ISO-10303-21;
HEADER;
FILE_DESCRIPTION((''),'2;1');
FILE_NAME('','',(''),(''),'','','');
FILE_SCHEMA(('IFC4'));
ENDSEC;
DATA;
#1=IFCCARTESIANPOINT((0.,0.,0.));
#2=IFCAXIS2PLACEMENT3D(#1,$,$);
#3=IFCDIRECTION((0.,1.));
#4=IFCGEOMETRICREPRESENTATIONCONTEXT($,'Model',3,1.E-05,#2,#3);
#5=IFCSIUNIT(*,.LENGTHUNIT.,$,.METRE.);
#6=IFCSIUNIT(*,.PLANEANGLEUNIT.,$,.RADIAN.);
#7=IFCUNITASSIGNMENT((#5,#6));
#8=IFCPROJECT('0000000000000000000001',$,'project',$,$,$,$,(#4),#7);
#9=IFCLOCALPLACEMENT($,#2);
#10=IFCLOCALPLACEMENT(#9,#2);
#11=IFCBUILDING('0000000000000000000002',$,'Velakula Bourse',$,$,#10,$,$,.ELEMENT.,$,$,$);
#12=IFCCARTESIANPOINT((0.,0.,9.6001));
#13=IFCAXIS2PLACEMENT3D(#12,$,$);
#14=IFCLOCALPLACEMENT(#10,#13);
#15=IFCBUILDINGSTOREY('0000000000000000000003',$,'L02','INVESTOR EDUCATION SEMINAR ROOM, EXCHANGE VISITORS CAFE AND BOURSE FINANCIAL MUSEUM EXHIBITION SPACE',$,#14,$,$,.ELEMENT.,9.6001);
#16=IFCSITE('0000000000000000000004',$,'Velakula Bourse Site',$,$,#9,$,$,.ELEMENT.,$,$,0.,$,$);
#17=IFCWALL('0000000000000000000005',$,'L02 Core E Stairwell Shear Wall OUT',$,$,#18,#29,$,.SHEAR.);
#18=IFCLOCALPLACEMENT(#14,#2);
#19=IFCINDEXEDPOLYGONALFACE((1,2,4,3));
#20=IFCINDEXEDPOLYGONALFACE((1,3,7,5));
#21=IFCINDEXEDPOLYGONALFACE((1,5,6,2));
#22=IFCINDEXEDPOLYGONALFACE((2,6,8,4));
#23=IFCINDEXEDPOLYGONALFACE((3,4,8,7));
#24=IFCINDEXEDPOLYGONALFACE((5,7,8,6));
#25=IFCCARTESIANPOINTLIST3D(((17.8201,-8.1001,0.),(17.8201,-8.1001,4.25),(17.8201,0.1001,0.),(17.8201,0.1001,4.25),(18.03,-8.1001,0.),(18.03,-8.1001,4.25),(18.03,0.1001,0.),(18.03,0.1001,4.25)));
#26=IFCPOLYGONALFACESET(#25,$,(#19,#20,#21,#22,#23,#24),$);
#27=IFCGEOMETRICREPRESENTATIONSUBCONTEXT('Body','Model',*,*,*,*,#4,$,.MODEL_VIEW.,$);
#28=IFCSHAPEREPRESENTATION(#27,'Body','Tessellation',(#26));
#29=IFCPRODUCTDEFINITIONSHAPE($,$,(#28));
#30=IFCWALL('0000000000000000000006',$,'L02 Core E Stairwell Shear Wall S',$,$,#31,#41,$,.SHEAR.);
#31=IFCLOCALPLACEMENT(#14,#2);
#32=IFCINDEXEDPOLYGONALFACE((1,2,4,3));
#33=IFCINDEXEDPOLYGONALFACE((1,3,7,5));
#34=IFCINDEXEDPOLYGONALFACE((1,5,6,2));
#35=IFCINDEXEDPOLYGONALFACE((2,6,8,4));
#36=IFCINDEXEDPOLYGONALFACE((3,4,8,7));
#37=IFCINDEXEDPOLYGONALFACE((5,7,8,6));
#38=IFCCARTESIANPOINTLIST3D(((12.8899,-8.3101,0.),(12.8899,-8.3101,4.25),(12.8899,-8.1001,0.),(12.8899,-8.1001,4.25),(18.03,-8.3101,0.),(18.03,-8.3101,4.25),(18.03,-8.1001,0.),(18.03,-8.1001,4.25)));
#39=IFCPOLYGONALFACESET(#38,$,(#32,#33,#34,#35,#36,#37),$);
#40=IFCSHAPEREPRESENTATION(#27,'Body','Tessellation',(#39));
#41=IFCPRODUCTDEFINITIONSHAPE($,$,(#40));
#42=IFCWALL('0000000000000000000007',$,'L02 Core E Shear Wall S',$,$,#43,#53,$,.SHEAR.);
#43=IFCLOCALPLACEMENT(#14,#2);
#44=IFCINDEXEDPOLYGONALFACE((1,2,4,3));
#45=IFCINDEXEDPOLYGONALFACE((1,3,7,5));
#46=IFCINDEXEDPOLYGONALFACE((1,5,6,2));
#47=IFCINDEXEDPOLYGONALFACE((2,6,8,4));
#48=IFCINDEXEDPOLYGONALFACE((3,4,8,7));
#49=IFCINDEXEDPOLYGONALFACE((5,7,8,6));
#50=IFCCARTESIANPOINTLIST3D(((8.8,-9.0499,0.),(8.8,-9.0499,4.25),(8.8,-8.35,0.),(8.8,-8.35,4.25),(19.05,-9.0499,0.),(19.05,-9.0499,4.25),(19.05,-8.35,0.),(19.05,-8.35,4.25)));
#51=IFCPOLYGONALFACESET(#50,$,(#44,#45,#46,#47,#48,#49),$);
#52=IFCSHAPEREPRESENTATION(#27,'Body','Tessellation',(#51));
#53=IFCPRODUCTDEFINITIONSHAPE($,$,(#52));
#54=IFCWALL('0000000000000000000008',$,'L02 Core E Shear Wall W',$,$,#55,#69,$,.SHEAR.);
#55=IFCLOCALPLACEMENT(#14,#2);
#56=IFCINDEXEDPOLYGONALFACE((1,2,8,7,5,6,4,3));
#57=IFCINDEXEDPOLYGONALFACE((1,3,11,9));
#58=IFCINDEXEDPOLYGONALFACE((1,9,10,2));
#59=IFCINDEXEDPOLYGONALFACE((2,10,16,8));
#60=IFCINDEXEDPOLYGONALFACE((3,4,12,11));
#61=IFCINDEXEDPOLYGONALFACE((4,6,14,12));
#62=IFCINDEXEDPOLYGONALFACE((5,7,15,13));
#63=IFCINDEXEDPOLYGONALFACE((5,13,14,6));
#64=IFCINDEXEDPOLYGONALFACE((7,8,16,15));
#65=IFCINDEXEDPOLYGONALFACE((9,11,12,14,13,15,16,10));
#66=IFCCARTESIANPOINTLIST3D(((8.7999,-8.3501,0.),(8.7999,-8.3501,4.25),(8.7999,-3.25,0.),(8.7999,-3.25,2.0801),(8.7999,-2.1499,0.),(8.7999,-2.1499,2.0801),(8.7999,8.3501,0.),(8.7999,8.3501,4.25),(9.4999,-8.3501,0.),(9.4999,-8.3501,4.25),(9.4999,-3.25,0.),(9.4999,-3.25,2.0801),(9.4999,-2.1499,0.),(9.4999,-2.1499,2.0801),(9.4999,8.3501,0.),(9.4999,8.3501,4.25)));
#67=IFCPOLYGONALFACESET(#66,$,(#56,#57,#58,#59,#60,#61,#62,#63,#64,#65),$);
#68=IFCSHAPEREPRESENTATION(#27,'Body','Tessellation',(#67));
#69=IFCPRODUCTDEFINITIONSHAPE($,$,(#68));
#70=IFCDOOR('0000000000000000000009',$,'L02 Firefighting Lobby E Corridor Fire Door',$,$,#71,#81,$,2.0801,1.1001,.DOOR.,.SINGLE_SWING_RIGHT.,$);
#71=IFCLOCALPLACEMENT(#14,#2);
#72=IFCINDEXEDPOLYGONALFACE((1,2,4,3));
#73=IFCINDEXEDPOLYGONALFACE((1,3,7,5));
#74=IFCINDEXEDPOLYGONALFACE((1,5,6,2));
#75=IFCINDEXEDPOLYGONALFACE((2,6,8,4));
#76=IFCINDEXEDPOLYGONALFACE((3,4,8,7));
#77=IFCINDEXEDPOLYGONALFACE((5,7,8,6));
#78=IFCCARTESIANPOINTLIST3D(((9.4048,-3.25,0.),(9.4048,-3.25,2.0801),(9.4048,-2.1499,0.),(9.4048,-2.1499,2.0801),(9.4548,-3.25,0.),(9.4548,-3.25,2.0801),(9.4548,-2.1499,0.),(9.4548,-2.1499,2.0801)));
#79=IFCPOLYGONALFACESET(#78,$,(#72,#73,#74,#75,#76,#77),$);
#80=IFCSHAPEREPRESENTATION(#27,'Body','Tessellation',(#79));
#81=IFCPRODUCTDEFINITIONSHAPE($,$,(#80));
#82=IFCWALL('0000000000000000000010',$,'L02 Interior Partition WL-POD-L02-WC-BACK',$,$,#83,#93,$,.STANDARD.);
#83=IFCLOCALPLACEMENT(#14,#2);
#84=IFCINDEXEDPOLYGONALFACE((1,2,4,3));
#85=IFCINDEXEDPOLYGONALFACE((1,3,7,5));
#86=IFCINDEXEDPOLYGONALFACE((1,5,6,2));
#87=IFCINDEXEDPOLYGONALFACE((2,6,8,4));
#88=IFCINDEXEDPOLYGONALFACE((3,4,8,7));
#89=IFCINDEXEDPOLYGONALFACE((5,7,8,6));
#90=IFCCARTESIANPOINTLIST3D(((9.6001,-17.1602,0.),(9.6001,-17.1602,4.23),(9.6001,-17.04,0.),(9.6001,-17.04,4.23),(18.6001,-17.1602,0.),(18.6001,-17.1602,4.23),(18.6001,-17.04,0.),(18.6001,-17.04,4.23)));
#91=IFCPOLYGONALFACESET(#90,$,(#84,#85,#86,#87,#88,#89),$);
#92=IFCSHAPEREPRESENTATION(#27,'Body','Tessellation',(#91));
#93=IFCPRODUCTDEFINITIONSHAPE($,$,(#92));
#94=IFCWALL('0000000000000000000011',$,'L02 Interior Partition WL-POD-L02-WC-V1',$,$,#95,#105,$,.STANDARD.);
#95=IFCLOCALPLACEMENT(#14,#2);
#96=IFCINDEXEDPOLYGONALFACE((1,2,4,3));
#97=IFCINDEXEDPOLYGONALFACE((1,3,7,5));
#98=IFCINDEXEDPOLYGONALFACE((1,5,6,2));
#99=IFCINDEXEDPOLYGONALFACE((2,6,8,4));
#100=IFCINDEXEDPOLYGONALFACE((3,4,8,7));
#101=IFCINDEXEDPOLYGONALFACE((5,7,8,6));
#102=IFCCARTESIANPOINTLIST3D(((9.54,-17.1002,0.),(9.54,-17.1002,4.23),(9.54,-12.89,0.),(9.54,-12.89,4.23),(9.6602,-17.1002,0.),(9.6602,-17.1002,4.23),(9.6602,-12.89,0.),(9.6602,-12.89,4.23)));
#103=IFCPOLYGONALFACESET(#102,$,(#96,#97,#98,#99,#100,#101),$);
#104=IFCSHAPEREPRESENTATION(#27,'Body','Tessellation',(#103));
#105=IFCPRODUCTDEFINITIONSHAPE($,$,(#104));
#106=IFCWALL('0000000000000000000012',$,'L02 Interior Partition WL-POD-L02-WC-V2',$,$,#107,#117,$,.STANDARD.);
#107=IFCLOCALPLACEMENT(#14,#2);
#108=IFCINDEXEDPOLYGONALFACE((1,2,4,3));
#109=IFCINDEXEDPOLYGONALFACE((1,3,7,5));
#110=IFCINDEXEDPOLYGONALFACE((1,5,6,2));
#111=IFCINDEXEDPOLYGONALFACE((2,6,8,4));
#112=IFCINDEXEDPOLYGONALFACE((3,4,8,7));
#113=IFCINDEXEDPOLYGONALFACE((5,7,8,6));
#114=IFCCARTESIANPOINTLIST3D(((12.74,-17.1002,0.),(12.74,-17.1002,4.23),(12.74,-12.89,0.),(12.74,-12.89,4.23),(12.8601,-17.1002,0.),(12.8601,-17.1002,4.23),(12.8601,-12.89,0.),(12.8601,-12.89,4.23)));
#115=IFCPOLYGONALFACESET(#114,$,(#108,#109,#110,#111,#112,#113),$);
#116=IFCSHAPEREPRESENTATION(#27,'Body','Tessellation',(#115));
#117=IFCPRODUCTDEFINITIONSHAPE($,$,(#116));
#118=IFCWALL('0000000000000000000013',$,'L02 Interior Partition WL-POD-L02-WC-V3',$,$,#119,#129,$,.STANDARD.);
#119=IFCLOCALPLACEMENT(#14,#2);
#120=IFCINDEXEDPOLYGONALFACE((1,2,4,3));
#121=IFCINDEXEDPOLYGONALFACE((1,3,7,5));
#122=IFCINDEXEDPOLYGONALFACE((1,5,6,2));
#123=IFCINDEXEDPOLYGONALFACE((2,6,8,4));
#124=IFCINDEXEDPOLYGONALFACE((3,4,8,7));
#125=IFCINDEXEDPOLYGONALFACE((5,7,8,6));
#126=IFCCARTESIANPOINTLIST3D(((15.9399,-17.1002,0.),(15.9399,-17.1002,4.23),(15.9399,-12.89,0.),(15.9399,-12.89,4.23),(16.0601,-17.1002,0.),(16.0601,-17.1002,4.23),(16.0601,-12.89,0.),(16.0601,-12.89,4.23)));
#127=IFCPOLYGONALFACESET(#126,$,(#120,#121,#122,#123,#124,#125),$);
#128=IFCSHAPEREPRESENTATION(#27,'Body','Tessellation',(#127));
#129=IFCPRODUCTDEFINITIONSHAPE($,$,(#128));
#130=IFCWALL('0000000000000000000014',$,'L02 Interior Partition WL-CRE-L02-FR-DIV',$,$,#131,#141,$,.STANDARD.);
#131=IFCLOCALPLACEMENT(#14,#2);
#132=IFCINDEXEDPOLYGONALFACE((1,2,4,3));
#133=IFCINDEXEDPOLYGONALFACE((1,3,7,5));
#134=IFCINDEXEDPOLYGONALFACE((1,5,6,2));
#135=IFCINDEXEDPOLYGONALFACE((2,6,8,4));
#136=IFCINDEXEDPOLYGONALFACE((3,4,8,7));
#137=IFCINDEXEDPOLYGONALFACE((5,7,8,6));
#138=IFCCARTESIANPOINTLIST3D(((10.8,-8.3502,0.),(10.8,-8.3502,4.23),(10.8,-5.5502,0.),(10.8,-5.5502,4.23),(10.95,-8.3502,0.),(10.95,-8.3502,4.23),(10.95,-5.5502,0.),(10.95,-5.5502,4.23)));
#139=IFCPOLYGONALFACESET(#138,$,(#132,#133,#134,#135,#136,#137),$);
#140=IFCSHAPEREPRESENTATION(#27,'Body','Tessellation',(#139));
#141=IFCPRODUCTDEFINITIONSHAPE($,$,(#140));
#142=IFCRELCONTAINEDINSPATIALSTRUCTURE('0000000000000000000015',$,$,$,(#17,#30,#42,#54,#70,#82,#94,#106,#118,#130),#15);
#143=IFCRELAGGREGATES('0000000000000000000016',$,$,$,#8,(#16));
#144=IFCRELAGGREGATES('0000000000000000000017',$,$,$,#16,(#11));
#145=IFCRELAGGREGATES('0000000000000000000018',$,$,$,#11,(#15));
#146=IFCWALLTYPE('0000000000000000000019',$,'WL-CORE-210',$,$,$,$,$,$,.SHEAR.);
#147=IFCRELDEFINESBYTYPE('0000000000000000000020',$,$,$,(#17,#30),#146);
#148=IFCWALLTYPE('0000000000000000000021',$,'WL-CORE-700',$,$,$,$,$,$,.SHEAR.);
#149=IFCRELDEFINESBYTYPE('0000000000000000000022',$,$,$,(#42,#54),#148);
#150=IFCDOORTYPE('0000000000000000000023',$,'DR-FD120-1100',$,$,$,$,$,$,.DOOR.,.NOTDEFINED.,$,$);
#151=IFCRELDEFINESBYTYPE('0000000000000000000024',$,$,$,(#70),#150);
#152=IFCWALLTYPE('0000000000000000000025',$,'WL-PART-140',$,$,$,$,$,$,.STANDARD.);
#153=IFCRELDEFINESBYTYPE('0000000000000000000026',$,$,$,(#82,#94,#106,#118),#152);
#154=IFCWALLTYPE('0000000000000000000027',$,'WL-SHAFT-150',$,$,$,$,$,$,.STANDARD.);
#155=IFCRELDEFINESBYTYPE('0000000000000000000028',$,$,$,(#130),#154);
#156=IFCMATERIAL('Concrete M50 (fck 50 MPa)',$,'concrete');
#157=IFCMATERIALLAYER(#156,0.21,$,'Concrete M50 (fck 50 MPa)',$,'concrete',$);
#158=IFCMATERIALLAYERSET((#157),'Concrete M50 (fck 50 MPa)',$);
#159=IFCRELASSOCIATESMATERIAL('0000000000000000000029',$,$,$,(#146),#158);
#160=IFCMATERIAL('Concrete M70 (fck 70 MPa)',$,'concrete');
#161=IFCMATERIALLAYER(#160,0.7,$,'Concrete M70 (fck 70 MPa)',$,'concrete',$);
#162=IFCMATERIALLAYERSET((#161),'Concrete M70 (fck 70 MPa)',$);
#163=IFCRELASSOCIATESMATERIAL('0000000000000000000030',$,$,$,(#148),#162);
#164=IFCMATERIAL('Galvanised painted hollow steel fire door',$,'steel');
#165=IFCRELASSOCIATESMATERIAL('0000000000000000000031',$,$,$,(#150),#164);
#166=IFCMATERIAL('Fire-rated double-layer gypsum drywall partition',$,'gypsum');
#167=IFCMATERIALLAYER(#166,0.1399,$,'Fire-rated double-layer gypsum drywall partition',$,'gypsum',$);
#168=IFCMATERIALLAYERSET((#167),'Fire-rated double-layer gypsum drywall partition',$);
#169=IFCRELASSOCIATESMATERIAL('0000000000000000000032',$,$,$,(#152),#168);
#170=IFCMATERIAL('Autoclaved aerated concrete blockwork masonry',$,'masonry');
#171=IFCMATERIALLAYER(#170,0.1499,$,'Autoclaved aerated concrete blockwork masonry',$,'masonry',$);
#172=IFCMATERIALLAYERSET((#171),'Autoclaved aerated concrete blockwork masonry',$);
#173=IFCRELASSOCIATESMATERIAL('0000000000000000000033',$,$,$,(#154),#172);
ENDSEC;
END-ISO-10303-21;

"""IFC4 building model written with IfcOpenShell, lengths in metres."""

from ifc_helpers import new_model, si_unit, direction, frame, frame_2d, origin, place, context, subcontext, project, spatial, rectangle, extrude, material, layer, layer_set, type_object, element, fill, save


model = new_model("IFC4")

# Units and contexts
model_context = context("Model", 3, precision=1e-05, world=origin(), true_north=direction((0.0, 1.0)))
body_context = subcontext(model_context, "Body", "Model", "MODEL_VIEW")
ifc_project = project(units=[si_unit("LENGTHUNIT", "METRE"), si_unit("PLANEANGLEUNIT", "RADIAN")], contexts=[model_context])

# Site, building, storey
site_placement = place(None, origin())
site = spatial("IfcSite", under=ifc_project, at=site_placement, Name="Velakula Bourse Site", CompositionType="ELEMENT", RefElevation=0.0)
building_placement = place(site_placement, origin())
building = spatial("IfcBuilding", under=site, at=building_placement, Name="Velakula Bourse", CompositionType="ELEMENT")
storey_placement = place(building_placement, frame((0.0, 0.0, 9.6001)))
storey = spatial("IfcBuildingStorey", under=building, at=storey_placement, Name="L02", Description="INVESTOR EDUCATION SEMINAR ROOM, EXCHANGE VISITORS CAFE AND BOURSE FINANCIAL MUSEUM EXHIBITION SPACE", CompositionType="ELEMENT", Elevation=9.6001)

# Shared definitions
ifc_material_1 = material(Name="Concrete M70 (fck 70 MPa)", Category="concrete")

# Shared definitions
ifc_material_2 = material(Name="Concrete M50 (fck 50 MPa)", Category="concrete")
ifc_layer_1 = layer(ifc_material_2, 0.21, Name="Concrete M50 (fck 50 MPa)", Category="concrete")
ifc_layer_set_1 = layer_set([ifc_layer_1], Name="Concrete M50 (fck 50 MPa)")
wall_type_1 = type_object("IfcWallType", Name="WL-CORE-210", PredefinedType="SHEAR", material=ifc_layer_set_1)
ifc_material_3 = material(Name="Galvanised painted hollow steel fire door", Category="steel")

# Walls
wall_1_placement = place(storey_placement, frame((17.925, -8.1001, 0.0), z_axis=(0.0, 0.0, 1.0), x_axis=(0.0, 1.0, 0.0)))
element("IfcWall", 1, at=wall_1_placement, inside=storey, type_object=wall_type_1, Name="L02 Core E Stairwell Shear Wall OUT", PredefinedType="SHEAR", context=body_context, shape_type="SweptSolid", body=[
    extrude(rectangle(XDim=8.2002, YDim=0.21, at=frame_2d((4.1001, 0.0))), origin(), (0.0, 0.0, 1.0), 4.25),
])
wall_2_placement = place(storey_placement, frame((12.8899, -8.2051, 0.0), z_axis=(0.0, 0.0, 1.0), x_axis=(1.0, 0.0, 0.0)))
element("IfcWall", 2, at=wall_2_placement, inside=storey, type_object=wall_type_1, Name="L02 Core E Stairwell Shear Wall S", PredefinedType="SHEAR", context=body_context, shape_type="SweptSolid", body=[
    extrude(rectangle(XDim=5.1401, YDim=0.21, at=frame_2d((2.5701, 0.0))), origin(), (0.0, 0.0, 1.0), 4.25),
])
ifc_layer_2 = layer(ifc_material_1, 0.7, Name="Concrete M70 (fck 70 MPa)", Category="concrete")
ifc_layer_set_2 = layer_set([ifc_layer_2], Name="Concrete M70 (fck 70 MPa)")
wall_type_2 = type_object("IfcWallType", Name="WL-CORE-700", PredefinedType="SHEAR", material=ifc_layer_set_2)
wall_3_placement = place(storey_placement, frame((8.8, -8.7, 0.0), z_axis=(0.0, 0.0, 1.0), x_axis=(1.0, 0.0, 0.0)))
element("IfcWall", 3, at=wall_3_placement, inside=storey, type_object=wall_type_2, Name="L02 Core E Shear Wall S", PredefinedType="SHEAR", context=body_context, shape_type="SweptSolid", body=[
    extrude(rectangle(XDim=10.25, YDim=0.7, at=frame_2d((5.125, 0.0))), origin(), (0.0, 0.0, 1.0), 4.25),
])

# Wall, opening, door
wall_4_placement = place(storey_placement, frame((9.1499, -8.3501, 0.0), z_axis=(0.0, 0.0, 1.0), x_axis=(0.0, 1.0, 0.0)))
wall_4 = element("IfcWall", 4, at=wall_4_placement, inside=storey, type_object=wall_type_2, Name="L02 Core E Shear Wall W", PredefinedType="SHEAR", context=body_context, shape_type="SweptSolid", body=[
    extrude(rectangle(XDim=16.7002, YDim=0.7, at=frame_2d((8.3501, 0.0))), origin(), (0.0, 0.0, 1.0), 4.25),
])
opening_1_placement = place(wall_4_placement, frame((5.1001, 0.0, 0.0)))
opening_1 = element("IfcOpeningElement", 5, at=opening_1_placement, cuts=wall_4, PredefinedType="OPENING", context=body_context, shape_type="SweptSolid", body=[
    extrude(rectangle(XDim=1.1001, YDim=2.0801, at=frame_2d((0.55, 1.04))), frame((0.0, 0.3599, 0.0), z_axis=(0.0, -1.0, 0.0), x_axis=(1.0, 0.0, 0.0)), (0.0, 0.0, 1.0), 0.72),
])
door_type_1 = type_object("IfcDoorType", Name="DR-FD120-1100", OperationType="NOTDEFINED", PredefinedType="DOOR", material=ifc_material_3)
door_1_placement = place(opening_1_placement, origin())
door_1 = element("IfcDoor", 6, at=door_1_placement, inside=storey, type_object=door_type_1, Name="L02 Firefighting Lobby E Corridor Fire Door", OperationType="SINGLE_SWING_RIGHT", OverallHeight=2.0801, OverallWidth=1.1001, PredefinedType="DOOR", context=body_context, shape_type="SweptSolid", body=[
    extrude(rectangle(XDim=1.1001, YDim=2.0801, at=frame_2d((0.55, 1.04))), frame((0.0, -0.2549, 0.0), z_axis=(0.0, -1.0, 0.0), x_axis=(1.0, 0.0, 0.0)), (0.0, 0.0, 1.0), 0.05),
])
fill(opening_1, door_1)

# Walls
ifc_material_4 = material(Name="Fire-rated double-layer gypsum drywall partition", Category="gypsum")
ifc_layer_3 = layer(ifc_material_4, 0.1399, Name="Fire-rated double-layer gypsum drywall partition", Category="gypsum")
ifc_layer_set_3 = layer_set([ifc_layer_3], Name="Fire-rated double-layer gypsum drywall partition")
wall_type_3 = type_object("IfcWallType", Name="WL-PART-140", PredefinedType="STANDARD", material=ifc_layer_set_3)
wall_5_placement = place(storey_placement, frame((9.6001, -17.1001, 0.0), z_axis=(0.0, 0.0, 1.0), x_axis=(1.0, 0.0, 0.0)))
element("IfcWall", 7, at=wall_5_placement, inside=storey, type_object=wall_type_3, Name="L02 Interior Partition WL-POD-L02-WC-BACK", PredefinedType="STANDARD", context=body_context, shape_type="SweptSolid", body=[
    extrude(rectangle(XDim=9.0, YDim=0.1201, at=frame_2d((4.5, 0.0))), origin(), (0.0, 0.0, 1.0), 4.23),
])
for number, where, z_axis, x_axis, name in (
    (8, (9.6001, -17.1001, 0.0), (0.0, 0.0, 1.0), (0.0, 1.0, 0.0), "L02 Interior Partition WL-POD-L02-WC-V1"),
    (9, (12.8, -17.1001, 0.0), (0.0, 0.0, 1.0), (0.0, 1.0, 0.0), "L02 Interior Partition WL-POD-L02-WC-V2"),
    (10, (16.0, -17.1001, 0.0), (0.0, 0.0, 1.0), (0.0, 1.0, 0.0), "L02 Interior Partition WL-POD-L02-WC-V3"),
):
    element("IfcWall", number, at=place(storey_placement, frame(where, z_axis=z_axis, x_axis=x_axis)), inside=storey, type_object=wall_type_3, Name=name, PredefinedType="STANDARD", context=body_context, shape_type="SweptSolid", body=[
        extrude(rectangle(XDim=4.2102, YDim=0.1201, at=frame_2d((2.105, 0.0))), origin(), (0.0, 0.0, 1.0), 4.23),
    ])

# Shared definitions
ifc_material_5 = material(Name="Autoclaved aerated concrete blockwork masonry", Category="masonry")
ifc_layer_4 = layer(ifc_material_5, 0.1499, Name="Autoclaved aerated concrete blockwork masonry", Category="masonry")
ifc_layer_set_4 = layer_set([ifc_layer_4], Name="Autoclaved aerated concrete blockwork masonry")
wall_type_4 = type_object("IfcWallType", Name="WL-SHAFT-150", PredefinedType="STANDARD", material=ifc_layer_set_4)

# Wall
wall_6_placement = place(storey_placement, frame((10.875, -8.3501, 0.0), z_axis=(0.0, 0.0, 1.0), x_axis=(0.0, 1.0, 0.0)))
element("IfcWall", 11, at=wall_6_placement, inside=storey, type_object=wall_type_4, Name="L02 Interior Partition WL-CRE-L02-FR-DIV", PredefinedType="STANDARD", context=body_context, shape_type="SweptSolid", body=[
    extrude(rectangle(XDim=2.8, YDim=0.1499, at=frame_2d((1.3999, 0.0))), origin(), (0.0, 0.0, 1.0), 4.23),
])

save(model, "model.ifc")
